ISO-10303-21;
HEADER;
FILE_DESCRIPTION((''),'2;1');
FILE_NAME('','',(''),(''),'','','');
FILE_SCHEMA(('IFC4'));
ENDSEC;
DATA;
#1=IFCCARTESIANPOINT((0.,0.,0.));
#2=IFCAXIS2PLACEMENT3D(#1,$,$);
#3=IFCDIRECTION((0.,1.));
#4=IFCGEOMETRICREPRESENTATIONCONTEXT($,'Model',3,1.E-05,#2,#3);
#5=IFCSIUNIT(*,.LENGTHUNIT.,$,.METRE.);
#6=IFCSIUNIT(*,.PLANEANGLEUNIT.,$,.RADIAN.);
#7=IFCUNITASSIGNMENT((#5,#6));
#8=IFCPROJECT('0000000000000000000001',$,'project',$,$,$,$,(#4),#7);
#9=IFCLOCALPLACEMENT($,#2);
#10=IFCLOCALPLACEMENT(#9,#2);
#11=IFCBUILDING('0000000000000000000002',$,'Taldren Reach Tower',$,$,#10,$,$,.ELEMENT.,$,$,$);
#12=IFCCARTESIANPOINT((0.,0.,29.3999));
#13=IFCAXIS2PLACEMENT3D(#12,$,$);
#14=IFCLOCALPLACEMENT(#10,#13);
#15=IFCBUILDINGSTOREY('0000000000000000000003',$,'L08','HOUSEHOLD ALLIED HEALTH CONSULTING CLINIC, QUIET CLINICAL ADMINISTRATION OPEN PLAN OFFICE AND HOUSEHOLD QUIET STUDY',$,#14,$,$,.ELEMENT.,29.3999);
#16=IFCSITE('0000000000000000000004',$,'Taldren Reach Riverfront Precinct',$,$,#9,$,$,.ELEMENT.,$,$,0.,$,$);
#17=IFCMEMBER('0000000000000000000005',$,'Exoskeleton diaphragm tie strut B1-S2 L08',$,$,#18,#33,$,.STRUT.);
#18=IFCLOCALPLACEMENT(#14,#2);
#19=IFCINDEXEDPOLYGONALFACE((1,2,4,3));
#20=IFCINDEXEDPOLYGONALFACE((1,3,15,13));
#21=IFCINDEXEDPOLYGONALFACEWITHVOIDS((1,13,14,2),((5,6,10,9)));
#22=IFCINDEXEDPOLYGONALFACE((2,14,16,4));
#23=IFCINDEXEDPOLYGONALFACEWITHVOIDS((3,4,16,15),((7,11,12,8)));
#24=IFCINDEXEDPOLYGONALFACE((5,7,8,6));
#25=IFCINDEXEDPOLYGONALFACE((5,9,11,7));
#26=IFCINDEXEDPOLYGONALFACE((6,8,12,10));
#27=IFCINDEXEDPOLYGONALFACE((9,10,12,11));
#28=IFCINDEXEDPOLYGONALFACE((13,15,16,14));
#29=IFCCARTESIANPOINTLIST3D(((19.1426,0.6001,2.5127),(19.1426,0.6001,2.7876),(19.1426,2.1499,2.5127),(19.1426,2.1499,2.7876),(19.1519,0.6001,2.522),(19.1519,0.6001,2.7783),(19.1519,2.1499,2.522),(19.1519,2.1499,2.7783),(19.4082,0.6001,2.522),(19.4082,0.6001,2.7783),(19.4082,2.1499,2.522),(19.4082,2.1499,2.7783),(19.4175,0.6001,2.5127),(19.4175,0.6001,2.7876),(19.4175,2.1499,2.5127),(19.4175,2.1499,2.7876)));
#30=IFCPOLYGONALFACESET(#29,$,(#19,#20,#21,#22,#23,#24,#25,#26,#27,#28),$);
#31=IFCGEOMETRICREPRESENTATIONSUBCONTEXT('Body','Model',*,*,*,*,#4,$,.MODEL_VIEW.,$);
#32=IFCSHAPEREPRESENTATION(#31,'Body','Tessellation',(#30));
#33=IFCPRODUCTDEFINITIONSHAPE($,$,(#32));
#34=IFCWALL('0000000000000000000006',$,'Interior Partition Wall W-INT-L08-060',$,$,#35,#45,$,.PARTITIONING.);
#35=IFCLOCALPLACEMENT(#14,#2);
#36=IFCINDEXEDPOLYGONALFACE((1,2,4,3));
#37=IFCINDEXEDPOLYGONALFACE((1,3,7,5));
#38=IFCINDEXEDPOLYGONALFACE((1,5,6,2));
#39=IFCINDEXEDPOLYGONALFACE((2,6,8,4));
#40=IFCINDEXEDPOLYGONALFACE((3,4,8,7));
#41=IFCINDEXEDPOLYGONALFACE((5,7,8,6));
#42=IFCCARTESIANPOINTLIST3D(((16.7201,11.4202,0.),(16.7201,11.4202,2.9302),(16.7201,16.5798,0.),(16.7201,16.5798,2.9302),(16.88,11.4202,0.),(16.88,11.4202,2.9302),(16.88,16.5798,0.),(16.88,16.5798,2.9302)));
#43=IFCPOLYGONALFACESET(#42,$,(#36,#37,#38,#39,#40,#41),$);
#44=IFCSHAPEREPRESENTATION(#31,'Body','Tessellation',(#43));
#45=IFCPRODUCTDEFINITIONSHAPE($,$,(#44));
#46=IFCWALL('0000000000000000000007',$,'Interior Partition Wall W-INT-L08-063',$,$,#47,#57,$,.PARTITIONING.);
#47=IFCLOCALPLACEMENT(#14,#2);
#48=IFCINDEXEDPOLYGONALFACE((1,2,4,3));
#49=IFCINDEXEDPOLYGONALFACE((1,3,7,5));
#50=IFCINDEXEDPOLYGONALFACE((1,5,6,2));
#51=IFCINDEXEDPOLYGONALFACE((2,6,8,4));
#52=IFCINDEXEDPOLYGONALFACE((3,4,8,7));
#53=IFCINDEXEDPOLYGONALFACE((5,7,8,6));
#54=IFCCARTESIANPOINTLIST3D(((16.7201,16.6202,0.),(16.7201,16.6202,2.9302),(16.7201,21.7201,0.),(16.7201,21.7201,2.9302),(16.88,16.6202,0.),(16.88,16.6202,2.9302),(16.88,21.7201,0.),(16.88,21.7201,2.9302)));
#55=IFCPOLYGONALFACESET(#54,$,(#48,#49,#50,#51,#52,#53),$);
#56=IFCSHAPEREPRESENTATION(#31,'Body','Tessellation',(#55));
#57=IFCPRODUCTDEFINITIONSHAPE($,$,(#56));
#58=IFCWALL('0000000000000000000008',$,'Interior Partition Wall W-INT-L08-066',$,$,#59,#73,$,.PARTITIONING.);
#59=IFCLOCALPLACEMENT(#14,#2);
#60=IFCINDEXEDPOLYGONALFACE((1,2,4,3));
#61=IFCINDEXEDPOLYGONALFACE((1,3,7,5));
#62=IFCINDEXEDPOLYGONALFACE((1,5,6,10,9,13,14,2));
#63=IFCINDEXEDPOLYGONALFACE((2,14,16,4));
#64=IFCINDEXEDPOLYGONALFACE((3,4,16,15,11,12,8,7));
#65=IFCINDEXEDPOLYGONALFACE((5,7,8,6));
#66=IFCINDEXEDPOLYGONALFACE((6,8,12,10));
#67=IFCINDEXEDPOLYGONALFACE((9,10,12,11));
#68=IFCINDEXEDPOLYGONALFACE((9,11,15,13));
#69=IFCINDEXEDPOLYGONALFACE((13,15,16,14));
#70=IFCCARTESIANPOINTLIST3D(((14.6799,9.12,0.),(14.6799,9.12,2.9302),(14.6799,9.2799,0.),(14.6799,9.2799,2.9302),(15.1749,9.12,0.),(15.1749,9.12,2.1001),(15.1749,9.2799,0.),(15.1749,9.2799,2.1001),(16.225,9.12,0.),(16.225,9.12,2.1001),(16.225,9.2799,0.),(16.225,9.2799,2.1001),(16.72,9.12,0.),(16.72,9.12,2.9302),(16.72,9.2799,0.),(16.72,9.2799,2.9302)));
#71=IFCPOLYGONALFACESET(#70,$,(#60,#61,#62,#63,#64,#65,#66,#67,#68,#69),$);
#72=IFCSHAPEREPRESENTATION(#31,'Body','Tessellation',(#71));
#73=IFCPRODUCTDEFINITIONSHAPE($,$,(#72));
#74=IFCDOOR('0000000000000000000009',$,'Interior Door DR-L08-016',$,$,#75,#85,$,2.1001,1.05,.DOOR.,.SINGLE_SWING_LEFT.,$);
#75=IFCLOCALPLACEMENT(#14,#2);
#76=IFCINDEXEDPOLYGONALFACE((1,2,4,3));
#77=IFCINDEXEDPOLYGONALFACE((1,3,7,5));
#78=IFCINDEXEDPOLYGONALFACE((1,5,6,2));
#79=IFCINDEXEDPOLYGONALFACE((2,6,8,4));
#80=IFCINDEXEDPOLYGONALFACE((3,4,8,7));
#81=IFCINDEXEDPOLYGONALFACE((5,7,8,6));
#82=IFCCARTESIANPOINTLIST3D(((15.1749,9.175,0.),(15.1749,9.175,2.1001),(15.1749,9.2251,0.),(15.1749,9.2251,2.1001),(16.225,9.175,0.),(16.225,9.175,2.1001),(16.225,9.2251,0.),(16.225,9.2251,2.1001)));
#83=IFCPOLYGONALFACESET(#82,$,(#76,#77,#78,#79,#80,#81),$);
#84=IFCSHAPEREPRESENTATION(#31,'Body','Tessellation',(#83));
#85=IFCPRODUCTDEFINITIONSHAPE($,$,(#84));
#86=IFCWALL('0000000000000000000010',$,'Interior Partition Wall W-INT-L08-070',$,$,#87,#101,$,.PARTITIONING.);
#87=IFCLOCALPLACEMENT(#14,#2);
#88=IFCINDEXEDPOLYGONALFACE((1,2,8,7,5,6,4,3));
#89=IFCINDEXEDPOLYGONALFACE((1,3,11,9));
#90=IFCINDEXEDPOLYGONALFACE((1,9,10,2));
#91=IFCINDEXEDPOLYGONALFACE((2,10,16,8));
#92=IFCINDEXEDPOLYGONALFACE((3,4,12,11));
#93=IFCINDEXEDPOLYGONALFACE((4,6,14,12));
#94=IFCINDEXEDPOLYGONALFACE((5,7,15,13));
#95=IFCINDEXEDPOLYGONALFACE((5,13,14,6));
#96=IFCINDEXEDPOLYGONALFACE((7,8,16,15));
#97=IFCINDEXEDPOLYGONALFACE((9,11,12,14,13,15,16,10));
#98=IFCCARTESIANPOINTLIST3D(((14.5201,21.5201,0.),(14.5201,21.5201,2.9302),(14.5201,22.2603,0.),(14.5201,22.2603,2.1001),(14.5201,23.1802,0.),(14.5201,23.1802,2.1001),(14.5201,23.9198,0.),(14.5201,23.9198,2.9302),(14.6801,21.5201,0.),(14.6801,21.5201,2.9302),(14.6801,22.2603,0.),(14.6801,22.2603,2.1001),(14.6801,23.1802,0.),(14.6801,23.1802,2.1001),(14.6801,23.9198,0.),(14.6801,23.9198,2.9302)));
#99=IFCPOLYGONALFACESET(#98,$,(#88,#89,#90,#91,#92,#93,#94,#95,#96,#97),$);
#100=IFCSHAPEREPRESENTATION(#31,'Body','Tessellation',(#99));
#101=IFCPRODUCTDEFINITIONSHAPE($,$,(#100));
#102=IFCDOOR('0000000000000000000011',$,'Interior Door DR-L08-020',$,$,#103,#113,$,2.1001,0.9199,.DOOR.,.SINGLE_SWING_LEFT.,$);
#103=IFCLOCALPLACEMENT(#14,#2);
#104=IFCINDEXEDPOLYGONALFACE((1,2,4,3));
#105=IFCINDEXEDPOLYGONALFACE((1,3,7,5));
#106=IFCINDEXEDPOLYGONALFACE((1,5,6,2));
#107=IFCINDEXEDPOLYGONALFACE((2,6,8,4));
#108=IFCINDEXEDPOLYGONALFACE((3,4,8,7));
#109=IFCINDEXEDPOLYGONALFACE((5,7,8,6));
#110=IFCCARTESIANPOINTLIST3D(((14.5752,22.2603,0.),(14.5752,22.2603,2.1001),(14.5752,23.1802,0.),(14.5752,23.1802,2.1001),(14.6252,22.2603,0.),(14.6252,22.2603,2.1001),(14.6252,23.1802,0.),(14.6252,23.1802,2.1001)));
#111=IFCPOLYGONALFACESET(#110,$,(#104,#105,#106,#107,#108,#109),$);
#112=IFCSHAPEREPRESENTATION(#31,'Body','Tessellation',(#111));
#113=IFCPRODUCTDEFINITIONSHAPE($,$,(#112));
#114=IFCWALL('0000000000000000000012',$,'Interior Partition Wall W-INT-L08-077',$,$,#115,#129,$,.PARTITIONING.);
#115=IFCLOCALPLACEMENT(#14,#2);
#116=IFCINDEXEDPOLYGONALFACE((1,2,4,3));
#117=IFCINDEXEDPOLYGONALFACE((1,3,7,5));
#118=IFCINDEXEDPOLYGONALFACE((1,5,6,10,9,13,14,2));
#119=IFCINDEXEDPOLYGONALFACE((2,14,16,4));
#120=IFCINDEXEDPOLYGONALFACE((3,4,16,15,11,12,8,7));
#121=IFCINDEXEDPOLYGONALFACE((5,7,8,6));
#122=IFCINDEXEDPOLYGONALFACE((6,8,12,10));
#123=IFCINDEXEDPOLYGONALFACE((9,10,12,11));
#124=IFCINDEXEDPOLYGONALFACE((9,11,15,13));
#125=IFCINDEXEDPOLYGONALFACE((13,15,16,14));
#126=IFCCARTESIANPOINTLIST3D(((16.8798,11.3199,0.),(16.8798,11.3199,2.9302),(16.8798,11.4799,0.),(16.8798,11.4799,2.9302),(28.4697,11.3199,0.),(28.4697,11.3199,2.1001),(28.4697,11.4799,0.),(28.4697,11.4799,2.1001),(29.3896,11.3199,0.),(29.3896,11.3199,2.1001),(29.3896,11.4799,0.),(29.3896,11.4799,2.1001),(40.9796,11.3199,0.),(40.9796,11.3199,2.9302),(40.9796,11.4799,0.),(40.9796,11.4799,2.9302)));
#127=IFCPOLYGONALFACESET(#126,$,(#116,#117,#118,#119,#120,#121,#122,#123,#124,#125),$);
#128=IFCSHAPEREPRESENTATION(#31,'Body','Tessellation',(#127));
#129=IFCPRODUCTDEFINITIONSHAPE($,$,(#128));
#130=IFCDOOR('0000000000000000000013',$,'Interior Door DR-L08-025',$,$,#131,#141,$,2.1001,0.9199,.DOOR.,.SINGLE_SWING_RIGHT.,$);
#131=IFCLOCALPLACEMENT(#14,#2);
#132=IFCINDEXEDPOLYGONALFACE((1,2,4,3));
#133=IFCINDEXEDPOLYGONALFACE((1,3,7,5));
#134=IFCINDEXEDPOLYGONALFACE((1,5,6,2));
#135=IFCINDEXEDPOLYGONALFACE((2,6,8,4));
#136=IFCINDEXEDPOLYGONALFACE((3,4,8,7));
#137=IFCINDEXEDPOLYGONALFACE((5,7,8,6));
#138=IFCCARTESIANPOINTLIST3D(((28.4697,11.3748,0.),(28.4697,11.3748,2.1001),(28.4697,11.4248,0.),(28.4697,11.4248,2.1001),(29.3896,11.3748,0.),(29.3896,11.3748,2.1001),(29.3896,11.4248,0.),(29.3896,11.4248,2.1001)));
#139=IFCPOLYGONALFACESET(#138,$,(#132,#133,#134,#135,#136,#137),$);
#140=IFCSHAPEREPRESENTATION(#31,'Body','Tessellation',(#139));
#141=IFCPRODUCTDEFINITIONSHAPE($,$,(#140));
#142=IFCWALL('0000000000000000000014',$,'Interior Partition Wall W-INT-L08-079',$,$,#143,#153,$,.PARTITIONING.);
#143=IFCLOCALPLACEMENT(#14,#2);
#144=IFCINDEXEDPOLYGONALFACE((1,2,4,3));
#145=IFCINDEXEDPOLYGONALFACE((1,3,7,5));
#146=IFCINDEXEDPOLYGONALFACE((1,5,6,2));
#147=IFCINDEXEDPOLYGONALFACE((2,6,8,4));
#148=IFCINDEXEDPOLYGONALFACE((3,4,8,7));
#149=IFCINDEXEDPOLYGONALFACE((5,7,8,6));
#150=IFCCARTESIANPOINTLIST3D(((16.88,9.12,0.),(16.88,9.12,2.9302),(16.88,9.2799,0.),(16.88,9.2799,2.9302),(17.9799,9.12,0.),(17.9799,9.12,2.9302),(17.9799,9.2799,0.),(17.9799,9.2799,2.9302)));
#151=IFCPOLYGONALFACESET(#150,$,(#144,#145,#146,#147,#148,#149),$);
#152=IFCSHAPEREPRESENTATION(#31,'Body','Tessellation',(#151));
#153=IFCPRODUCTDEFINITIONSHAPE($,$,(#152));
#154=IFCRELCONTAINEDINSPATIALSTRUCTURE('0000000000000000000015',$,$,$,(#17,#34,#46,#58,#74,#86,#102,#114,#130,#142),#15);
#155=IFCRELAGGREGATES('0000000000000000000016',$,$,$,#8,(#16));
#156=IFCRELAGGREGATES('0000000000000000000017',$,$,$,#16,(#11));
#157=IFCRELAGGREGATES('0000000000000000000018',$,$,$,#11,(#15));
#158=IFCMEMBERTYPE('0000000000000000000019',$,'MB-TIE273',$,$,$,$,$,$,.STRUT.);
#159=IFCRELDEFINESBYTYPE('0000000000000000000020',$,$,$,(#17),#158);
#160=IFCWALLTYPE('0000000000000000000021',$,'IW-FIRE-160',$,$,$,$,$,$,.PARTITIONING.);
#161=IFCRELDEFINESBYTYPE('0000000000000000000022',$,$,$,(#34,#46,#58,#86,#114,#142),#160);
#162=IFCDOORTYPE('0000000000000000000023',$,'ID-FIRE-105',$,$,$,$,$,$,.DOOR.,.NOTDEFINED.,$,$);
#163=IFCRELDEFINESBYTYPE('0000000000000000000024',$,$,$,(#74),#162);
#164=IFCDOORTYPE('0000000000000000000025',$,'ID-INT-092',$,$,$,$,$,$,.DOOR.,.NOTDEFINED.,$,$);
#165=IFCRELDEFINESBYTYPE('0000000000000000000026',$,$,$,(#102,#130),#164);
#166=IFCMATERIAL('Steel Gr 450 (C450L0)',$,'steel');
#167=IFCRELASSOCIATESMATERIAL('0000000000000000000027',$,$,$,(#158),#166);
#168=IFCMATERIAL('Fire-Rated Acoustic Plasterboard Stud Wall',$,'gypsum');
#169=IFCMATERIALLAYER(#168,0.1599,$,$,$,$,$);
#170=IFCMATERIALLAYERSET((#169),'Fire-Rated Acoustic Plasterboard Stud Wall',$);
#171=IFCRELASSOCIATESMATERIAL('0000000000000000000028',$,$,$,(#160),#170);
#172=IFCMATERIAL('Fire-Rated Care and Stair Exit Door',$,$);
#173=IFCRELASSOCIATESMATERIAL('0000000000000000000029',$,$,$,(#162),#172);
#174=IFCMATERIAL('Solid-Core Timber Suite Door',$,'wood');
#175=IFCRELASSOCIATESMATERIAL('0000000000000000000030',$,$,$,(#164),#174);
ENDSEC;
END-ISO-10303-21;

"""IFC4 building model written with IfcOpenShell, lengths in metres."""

from ifc_helpers import new_model, si_unit, direction, frame, frame_2d, origin, origin_2d, place, context, subcontext, project, spatial, rectangle, hollow_rectangle, extrude, source, transform, mapped, material, layer, layer_set, material_profile, profile_set, type_object, element, fill, save


model = new_model("IFC4")

# Units and contexts
model_context = context("Model", 3, precision=1e-05, world=origin(), true_north=direction((0.0, 1.0)))
body_context = subcontext(model_context, "Body", "Model", "MODEL_VIEW")
ifc_project = project(units=[si_unit("LENGTHUNIT", "METRE"), si_unit("PLANEANGLEUNIT", "RADIAN")], contexts=[model_context])

# Site, building, storey
site_placement = place(None, origin())
site = spatial("IfcSite", under=ifc_project, at=site_placement, Name="Taldren Reach Riverfront Precinct", CompositionType="ELEMENT", RefElevation=0.0)
building_placement = place(site_placement, origin())
building = spatial("IfcBuilding", under=site, at=building_placement, Name="Taldren Reach Tower", CompositionType="ELEMENT")
storey_placement = place(building_placement, frame((0.0, 0.0, 29.3999)))
storey = spatial("IfcBuildingStorey", under=building, at=storey_placement, Name="L08", Description="HOUSEHOLD ALLIED HEALTH CONSULTING CLINIC, QUIET CLINICAL ADMINISTRATION OPEN PLAN OFFICE AND HOUSEHOLD QUIET STUDY", CompositionType="ELEMENT", Elevation=29.3999)

# Member
ifc_material_1 = material(Name="Steel Gr 450 (C450L0)", Category="steel")
ifc_material_profile_1 = material_profile(ifc_material_1, hollow_rectangle(XDim=0.2749, YDim=0.2749, WallThickness=0.0093, at=origin_2d()), Name="275x275x9.3SHS")
ifc_profile_set_1 = profile_set([ifc_material_profile_1], Name="Steel Gr 450 (C450L0)")
member_type = type_object("IfcMemberType", Name="MB-TIE273", PredefinedType="STRUT", material=ifc_profile_set_1)
shared_shape_1 = source(origin(), body_context, "Body", "SweptSolid", [
    extrude(hollow_rectangle(XDim=0.2749, YDim=0.2749, WallThickness=0.0093, at=origin_2d()), origin(), (0.0, 0.0, 1.0), 1.5498),
])
member_placement = place(storey_placement, frame((19.28, 2.1499, 2.6501), z_axis=(0.0, -1.0, 0.0), x_axis=(1.0, 0.0, 0.0)))
element("IfcMember", 1, at=member_placement, inside=storey, type_object=member_type, Name="Exoskeleton diaphragm tie strut B1-S2 L08", PredefinedType="STRUT", context=body_context, shape_type="MappedRepresentation", body=[
    mapped(shared_shape_1, transform((0.0, 0.0, 0.0), scale=1.0)),
])

# Walls
ifc_material_2 = material(Name="Fire-Rated Acoustic Plasterboard Stud Wall", Category="gypsum")
ifc_layer_1 = layer(ifc_material_2, 0.1599)
ifc_layer_set_1 = layer_set([ifc_layer_1], Name="Fire-Rated Acoustic Plasterboard Stud Wall")
wall_type_1 = type_object("IfcWallType", Name="IW-FIRE-160", PredefinedType="PARTITIONING", material=ifc_layer_set_1)
shared_shape_2 = source(origin(), body_context, "Body", "SweptSolid", [
    extrude(rectangle(XDim=5.1597, YDim=0.1599, at=frame_2d((2.5798, 0.0))), origin(), (0.0, 0.0, 1.0), 2.9302),
])
wall_1_placement = place(storey_placement, frame((16.8, 16.5798, 0.0), z_axis=(0.0, 0.0, 1.0), x_axis=(0.0, -1.0, 0.0)))
element("IfcWall", 2, at=wall_1_placement, inside=storey, type_object=wall_type_1, Name="Interior Partition Wall W-INT-L08-060", PredefinedType="PARTITIONING", context=body_context, shape_type="MappedRepresentation", body=[
    mapped(shared_shape_2, transform((0.0, 0.0, 0.0), scale=1.0)),
])
shared_shape_3 = source(origin(), body_context, "Body", "SweptSolid", [
    extrude(rectangle(XDim=5.0999, YDim=0.1599, at=frame_2d((2.5498, 0.0))), origin(), (0.0, 0.0, 1.0), 2.9302),
])
wall_2_placement = place(storey_placement, frame((16.8, 21.72, 0.0), z_axis=(0.0, 0.0, 1.0), x_axis=(0.0, -1.0, 0.0)))
element("IfcWall", 3, at=wall_2_placement, inside=storey, type_object=wall_type_1, Name="Interior Partition Wall W-INT-L08-063", PredefinedType="PARTITIONING", context=body_context, shape_type="MappedRepresentation", body=[
    mapped(shared_shape_3, transform((0.0, 0.0, 0.0), scale=1.0)),
])

# Walls, openings, doors
shared_shape_4 = source(origin(), body_context, "Body", "SweptSolid", [
    extrude(rectangle(XDim=2.04, YDim=0.1599, at=frame_2d((1.02, 0.0))), origin(), (0.0, 0.0, 1.0), 2.9302),
])
wall_3_placement = place(storey_placement, frame((16.72, 9.2, 0.0), z_axis=(0.0, 0.0, 1.0), x_axis=(-1.0, 0.0, 0.0)))
wall_3 = element("IfcWall", 4, at=wall_3_placement, inside=storey, type_object=wall_type_1, Name="Interior Partition Wall W-INT-L08-066", PredefinedType="PARTITIONING", context=body_context, shape_type="MappedRepresentation", body=[
    mapped(shared_shape_4, transform((0.0, 0.0, 0.0), scale=1.0)),
])
shared_shape_5 = source(origin(), body_context, "Body", "SweptSolid", [
    extrude(rectangle(XDim=1.05, YDim=2.1001, at=frame_2d((0.5249, 1.05))), frame((0.0, 0.0898, 0.0), z_axis=(0.0, -1.0, 0.0), x_axis=(1.0, 0.0, 0.0)), (0.0, 0.0, 1.0), 0.1799),
])
opening_1_placement = place(wall_3_placement, frame((0.4951, 0.0, 0.0)))
opening_1 = element("IfcOpeningElement", 5, at=opening_1_placement, cuts=wall_3, PredefinedType="OPENING", context=body_context, shape_type="MappedRepresentation", body=[
    mapped(shared_shape_5, transform((0.0, 0.0, 0.0), scale=1.0)),
])
ifc_material_3 = material(Name="Fire-Rated Care and Stair Exit Door")
door_type_1 = type_object("IfcDoorType", Name="ID-FIRE-105", OperationType="NOTDEFINED", PredefinedType="DOOR", material=ifc_material_3)
shared_shape_6 = source(origin(), body_context, "Body", "SweptSolid", [
    extrude(rectangle(XDim=1.05, YDim=2.1001, at=frame_2d((0.5249, 1.05))), frame((0.0, 0.0249, 0.0), z_axis=(0.0, -1.0, 0.0), x_axis=(1.0, 0.0, 0.0)), (0.0, 0.0, 1.0), 0.05),
])
door_1_placement = place(opening_1_placement, origin())
door_1 = element("IfcDoor", 6, at=door_1_placement, inside=storey, type_object=door_type_1, Name="Interior Door DR-L08-016", OperationType="SINGLE_SWING_LEFT", OverallHeight=2.1001, OverallWidth=1.05, PredefinedType="DOOR", context=body_context, shape_type="MappedRepresentation", body=[
    mapped(shared_shape_6, transform((0.0, 0.0, 0.0), scale=1.0)),
])
fill(opening_1, door_1)
shared_shape_7 = source(origin(), body_context, "Body", "SweptSolid", [
    extrude(rectangle(XDim=2.3997, YDim=0.1599, at=frame_2d((1.1997, 0.0))), origin(), (0.0, 0.0, 1.0), 2.9302),
])
wall_4_placement = place(storey_placement, frame((14.6001, 21.5203, 0.0), z_axis=(0.0, 0.0, 1.0), x_axis=(0.0, 1.0, 0.0)))
wall_4 = element("IfcWall", 7, at=wall_4_placement, inside=storey, type_object=wall_type_1, Name="Interior Partition Wall W-INT-L08-070", PredefinedType="PARTITIONING", context=body_context, shape_type="MappedRepresentation", body=[
    mapped(shared_shape_7, transform((0.0, 0.0, 0.0), scale=1.0)),
])
shared_shape_8 = source(origin(), body_context, "Body", "SweptSolid", [
    extrude(rectangle(XDim=0.9199, YDim=2.1001, at=frame_2d((0.46, 1.05))), frame((0.0, 0.0898, 0.0), z_axis=(0.0, -1.0, 0.0), x_axis=(1.0, 0.0, 0.0)), (0.0, 0.0, 1.0), 0.1799),
])
opening_2_placement = place(wall_4_placement, frame((0.74, 0.0, 0.0)))
opening_2 = element("IfcOpeningElement", 8, at=opening_2_placement, cuts=wall_4, PredefinedType="OPENING", context=body_context, shape_type="MappedRepresentation", body=[
    mapped(shared_shape_8, transform((0.0, 0.0, 0.0), scale=1.0)),
])
ifc_material_4 = material(Name="Solid-Core Timber Suite Door", Category="wood")
door_type_2 = type_object("IfcDoorType", Name="ID-INT-092", OperationType="NOTDEFINED", PredefinedType="DOOR", material=ifc_material_4)
shared_shape_9 = source(origin(), body_context, "Body", "SweptSolid", [
    extrude(rectangle(XDim=0.9199, YDim=2.1001, at=frame_2d((0.46, 1.05))), frame((0.0, 0.0249, 0.0), z_axis=(0.0, -1.0, 0.0), x_axis=(1.0, 0.0, 0.0)), (0.0, 0.0, 1.0), 0.05),
])
door_2_placement = place(opening_2_placement, origin())
door_2 = element("IfcDoor", 9, at=door_2_placement, inside=storey, type_object=door_type_2, Name="Interior Door DR-L08-020", OperationType="SINGLE_SWING_LEFT", OverallHeight=2.1001, OverallWidth=0.9199, PredefinedType="DOOR", context=body_context, shape_type="MappedRepresentation", body=[
    mapped(shared_shape_9, transform((0.0, 0.0, 0.0), scale=1.0)),
])
fill(opening_2, door_2)
shared_shape_10 = source(origin(), body_context, "Body", "SweptSolid", [
    extrude(rectangle(XDim=24.0999, YDim=0.1599, at=frame_2d((12.0498, 0.0))), origin(), (0.0, 0.0, 1.0), 2.9302),
])
wall_5_placement = place(storey_placement, frame((16.8799, 11.3999, 0.0), z_axis=(0.0, 0.0, 1.0), x_axis=(1.0, 0.0, 0.0)))
wall_5 = element("IfcWall", 10, at=wall_5_placement, inside=storey, type_object=wall_type_1, Name="Interior Partition Wall W-INT-L08-077", PredefinedType="PARTITIONING", context=body_context, shape_type="MappedRepresentation", body=[
    mapped(shared_shape_10, transform((0.0, 0.0, 0.0), scale=1.0)),
])
opening_3_placement = place(wall_5_placement, frame((11.5898, 0.0, 0.0)))
opening_3 = element("IfcOpeningElement", 11, at=opening_3_placement, cuts=wall_5, PredefinedType="OPENING", context=body_context, shape_type="MappedRepresentation", body=[
    mapped(shared_shape_8, transform((0.0, 0.0, 0.0), scale=1.0)),
])
door_3_placement = place(opening_3_placement, origin())
door_3 = element("IfcDoor", 12, at=door_3_placement, inside=storey, type_object=door_type_2, Name="Interior Door DR-L08-025", OperationType="SINGLE_SWING_RIGHT", OverallHeight=2.1001, OverallWidth=0.9199, PredefinedType="DOOR", context=body_context, shape_type="MappedRepresentation", body=[
    mapped(shared_shape_9, transform((0.0, 0.0, 0.0), scale=1.0)),
])
fill(opening_3, door_3)

# Wall
shared_shape_11 = source(origin(), body_context, "Body", "SweptSolid", [
    extrude(rectangle(XDim=1.0999, YDim=0.1599, at=frame_2d((0.5498, 0.0))), origin(), (0.0, 0.0, 1.0), 2.9302),
])
wall_6_placement = place(storey_placement, frame((17.9797, 9.2, 0.0), z_axis=(0.0, 0.0, 1.0), x_axis=(-1.0, 0.0, 0.0)))
element("IfcWall", 13, at=wall_6_placement, inside=storey, type_object=wall_type_1, Name="Interior Partition Wall W-INT-L08-079", PredefinedType="PARTITIONING", context=body_context, shape_type="MappedRepresentation", body=[
    mapped(shared_shape_11, transform((0.0, 0.0, 0.0), scale=1.0)),
])

save(model, "model.ifc")
